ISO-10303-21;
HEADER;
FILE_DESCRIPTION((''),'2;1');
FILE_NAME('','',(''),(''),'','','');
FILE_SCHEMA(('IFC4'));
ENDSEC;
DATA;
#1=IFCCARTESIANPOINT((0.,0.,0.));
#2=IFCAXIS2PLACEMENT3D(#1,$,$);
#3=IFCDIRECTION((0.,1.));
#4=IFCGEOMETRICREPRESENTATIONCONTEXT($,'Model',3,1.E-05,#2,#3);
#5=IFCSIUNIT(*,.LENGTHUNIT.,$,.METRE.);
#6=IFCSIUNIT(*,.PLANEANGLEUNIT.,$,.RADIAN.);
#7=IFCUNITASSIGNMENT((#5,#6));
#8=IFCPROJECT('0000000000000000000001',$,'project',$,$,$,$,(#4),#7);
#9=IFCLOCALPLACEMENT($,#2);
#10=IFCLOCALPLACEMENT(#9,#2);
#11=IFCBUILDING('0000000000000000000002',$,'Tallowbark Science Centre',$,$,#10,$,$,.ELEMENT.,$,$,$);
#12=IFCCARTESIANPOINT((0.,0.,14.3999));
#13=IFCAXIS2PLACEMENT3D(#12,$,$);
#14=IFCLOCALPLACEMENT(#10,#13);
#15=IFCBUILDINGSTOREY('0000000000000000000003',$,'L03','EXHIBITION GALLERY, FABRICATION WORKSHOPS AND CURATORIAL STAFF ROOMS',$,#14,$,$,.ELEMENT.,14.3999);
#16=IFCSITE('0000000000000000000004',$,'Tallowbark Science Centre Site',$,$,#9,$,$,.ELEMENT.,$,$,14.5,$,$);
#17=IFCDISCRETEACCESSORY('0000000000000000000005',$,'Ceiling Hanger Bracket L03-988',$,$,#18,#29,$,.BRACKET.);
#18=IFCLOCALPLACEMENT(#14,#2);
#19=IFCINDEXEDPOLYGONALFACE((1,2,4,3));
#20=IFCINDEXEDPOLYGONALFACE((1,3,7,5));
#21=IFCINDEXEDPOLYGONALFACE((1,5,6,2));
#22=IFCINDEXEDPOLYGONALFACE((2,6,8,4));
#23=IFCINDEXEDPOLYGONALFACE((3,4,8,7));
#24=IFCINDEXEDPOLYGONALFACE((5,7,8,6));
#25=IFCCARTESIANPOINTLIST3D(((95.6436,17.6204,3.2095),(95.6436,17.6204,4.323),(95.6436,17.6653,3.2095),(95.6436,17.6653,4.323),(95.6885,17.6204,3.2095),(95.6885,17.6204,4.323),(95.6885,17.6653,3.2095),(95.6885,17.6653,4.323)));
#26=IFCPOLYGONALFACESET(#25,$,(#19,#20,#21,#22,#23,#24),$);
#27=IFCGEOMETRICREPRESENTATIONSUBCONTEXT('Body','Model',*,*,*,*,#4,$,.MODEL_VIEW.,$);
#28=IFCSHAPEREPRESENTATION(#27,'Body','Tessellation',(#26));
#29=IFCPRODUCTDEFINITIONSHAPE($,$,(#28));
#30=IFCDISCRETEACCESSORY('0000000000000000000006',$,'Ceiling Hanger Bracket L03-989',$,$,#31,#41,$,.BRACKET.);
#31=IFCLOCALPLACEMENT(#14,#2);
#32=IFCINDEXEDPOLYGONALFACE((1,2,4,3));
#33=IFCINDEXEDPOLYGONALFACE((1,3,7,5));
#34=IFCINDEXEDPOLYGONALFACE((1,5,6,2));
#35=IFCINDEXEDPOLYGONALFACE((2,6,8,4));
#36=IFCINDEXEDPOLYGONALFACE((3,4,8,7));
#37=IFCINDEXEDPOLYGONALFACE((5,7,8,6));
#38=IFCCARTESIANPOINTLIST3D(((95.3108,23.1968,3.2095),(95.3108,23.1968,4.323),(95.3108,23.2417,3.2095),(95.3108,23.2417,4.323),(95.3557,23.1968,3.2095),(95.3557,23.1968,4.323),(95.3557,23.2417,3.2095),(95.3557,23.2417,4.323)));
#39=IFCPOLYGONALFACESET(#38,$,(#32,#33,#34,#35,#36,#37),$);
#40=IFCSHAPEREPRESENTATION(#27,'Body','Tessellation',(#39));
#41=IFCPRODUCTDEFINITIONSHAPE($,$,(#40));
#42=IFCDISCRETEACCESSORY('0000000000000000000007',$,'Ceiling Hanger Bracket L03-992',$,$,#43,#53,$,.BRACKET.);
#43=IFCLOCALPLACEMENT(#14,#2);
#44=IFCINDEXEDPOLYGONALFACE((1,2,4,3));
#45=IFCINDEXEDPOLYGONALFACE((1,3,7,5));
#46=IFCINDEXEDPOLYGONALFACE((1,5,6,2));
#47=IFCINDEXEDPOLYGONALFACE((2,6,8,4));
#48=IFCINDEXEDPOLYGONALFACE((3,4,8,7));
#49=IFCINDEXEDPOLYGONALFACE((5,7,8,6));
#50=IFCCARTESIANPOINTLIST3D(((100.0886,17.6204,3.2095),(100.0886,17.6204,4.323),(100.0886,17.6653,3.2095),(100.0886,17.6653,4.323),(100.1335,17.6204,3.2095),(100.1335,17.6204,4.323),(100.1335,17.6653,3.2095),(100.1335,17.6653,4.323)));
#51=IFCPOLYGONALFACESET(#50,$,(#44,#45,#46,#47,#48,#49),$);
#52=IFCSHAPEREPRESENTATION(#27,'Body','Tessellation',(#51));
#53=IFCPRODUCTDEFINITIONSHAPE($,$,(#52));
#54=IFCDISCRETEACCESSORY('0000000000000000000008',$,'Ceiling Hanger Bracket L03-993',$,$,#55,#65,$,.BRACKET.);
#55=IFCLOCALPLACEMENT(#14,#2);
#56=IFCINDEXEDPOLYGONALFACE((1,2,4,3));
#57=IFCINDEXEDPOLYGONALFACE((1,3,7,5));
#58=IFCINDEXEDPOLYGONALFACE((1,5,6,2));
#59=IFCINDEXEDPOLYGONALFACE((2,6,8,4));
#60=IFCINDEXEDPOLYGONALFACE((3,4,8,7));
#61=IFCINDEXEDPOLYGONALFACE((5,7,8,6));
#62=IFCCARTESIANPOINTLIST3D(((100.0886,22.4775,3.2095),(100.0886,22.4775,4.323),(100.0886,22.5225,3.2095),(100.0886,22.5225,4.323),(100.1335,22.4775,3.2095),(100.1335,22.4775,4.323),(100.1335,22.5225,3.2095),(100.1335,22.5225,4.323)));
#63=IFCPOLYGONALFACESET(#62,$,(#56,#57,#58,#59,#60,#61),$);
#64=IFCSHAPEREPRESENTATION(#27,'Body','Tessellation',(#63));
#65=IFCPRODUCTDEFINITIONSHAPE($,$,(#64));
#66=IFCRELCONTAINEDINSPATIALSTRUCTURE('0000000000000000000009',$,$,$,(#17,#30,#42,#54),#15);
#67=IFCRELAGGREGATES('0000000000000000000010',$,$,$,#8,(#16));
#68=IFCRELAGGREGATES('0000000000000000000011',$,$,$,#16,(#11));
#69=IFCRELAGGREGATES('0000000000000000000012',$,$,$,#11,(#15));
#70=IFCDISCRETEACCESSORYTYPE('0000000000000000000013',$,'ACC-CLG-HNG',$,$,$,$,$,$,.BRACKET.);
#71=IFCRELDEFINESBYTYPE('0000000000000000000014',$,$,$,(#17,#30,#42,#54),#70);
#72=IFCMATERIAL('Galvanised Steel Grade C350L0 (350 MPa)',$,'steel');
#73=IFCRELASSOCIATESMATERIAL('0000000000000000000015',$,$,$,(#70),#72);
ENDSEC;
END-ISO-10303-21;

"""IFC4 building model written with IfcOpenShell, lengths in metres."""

from ifc_helpers import new_model, si_unit, direction, frame, origin, origin_2d, place, context, subcontext, project, spatial, rectangle, extrude, material, type_object, element, save


model = new_model("IFC4")

# Units and contexts
model_context = context("Model", 3, precision=1e-05, world=origin(), true_north=direction((0.0, 1.0)))
body_context = subcontext(model_context, "Body", "Model", "MODEL_VIEW")
ifc_project = project(units=[si_unit("LENGTHUNIT", "METRE"), si_unit("PLANEANGLEUNIT", "RADIAN")], contexts=[model_context])

# Site, building, storey
site_placement = place(None, origin())
site = spatial("IfcSite", under=ifc_project, at=site_placement, Name="Tallowbark Science Centre Site", CompositionType="ELEMENT", RefElevation=14.5)
building_placement = place(site_placement, origin())
building = spatial("IfcBuilding", under=site, at=building_placement, Name="Tallowbark Science Centre", CompositionType="ELEMENT")
storey_placement = place(building_placement, frame((0.0, 0.0, 14.3999)))
storey = spatial("IfcBuildingStorey", under=building, at=storey_placement, Name="L03", Description="EXHIBITION GALLERY, FABRICATION WORKSHOPS AND CURATORIAL STAFF ROOMS", CompositionType="ELEMENT", Elevation=14.3999)

# Discrete accessories
ifc_material_1 = material(Name="Galvanised Steel Grade C350L0 (350 MPa)", Category="steel")
discrete_accessory_type = type_object("IfcDiscreteAccessoryType", Name="ACC-CLG-HNG", PredefinedType="BRACKET", material=ifc_material_1)
for number, where, z_axis, x_axis, name in (
    (1, (95.666, 17.6428, 3.2095), (0.0, 0.0, 1.0), (1.0, 0.0, 0.0), "Ceiling Hanger Bracket L03-988"),
    (2, (95.3333, 23.2192, 3.2095), (0.0, 0.0, 1.0), (1.0, 0.0, 0.0), "Ceiling Hanger Bracket L03-989"),
    (3, (100.1111, 17.6428, 3.2095), (0.0, 0.0, 1.0), (1.0, 0.0, 0.0), "Ceiling Hanger Bracket L03-992"),
    (4, (100.1111, 22.5, 3.2095), (0.0, 0.0, 1.0), (1.0, 0.0, 0.0), "Ceiling Hanger Bracket L03-993"),
):
    element("IfcDiscreteAccessory", number, at=place(storey_placement, frame(where, z_axis=z_axis, x_axis=x_axis)), inside=storey, type_object=discrete_accessory_type, Name=name, PredefinedType="BRACKET", context=body_context, shape_type="SweptSolid", body=[
        extrude(rectangle(XDim=0.0449, YDim=0.0449, at=origin_2d()), origin(), (0.0, 0.0, 1.0), 1.1135),
    ])

save(model, "model.ifc")
